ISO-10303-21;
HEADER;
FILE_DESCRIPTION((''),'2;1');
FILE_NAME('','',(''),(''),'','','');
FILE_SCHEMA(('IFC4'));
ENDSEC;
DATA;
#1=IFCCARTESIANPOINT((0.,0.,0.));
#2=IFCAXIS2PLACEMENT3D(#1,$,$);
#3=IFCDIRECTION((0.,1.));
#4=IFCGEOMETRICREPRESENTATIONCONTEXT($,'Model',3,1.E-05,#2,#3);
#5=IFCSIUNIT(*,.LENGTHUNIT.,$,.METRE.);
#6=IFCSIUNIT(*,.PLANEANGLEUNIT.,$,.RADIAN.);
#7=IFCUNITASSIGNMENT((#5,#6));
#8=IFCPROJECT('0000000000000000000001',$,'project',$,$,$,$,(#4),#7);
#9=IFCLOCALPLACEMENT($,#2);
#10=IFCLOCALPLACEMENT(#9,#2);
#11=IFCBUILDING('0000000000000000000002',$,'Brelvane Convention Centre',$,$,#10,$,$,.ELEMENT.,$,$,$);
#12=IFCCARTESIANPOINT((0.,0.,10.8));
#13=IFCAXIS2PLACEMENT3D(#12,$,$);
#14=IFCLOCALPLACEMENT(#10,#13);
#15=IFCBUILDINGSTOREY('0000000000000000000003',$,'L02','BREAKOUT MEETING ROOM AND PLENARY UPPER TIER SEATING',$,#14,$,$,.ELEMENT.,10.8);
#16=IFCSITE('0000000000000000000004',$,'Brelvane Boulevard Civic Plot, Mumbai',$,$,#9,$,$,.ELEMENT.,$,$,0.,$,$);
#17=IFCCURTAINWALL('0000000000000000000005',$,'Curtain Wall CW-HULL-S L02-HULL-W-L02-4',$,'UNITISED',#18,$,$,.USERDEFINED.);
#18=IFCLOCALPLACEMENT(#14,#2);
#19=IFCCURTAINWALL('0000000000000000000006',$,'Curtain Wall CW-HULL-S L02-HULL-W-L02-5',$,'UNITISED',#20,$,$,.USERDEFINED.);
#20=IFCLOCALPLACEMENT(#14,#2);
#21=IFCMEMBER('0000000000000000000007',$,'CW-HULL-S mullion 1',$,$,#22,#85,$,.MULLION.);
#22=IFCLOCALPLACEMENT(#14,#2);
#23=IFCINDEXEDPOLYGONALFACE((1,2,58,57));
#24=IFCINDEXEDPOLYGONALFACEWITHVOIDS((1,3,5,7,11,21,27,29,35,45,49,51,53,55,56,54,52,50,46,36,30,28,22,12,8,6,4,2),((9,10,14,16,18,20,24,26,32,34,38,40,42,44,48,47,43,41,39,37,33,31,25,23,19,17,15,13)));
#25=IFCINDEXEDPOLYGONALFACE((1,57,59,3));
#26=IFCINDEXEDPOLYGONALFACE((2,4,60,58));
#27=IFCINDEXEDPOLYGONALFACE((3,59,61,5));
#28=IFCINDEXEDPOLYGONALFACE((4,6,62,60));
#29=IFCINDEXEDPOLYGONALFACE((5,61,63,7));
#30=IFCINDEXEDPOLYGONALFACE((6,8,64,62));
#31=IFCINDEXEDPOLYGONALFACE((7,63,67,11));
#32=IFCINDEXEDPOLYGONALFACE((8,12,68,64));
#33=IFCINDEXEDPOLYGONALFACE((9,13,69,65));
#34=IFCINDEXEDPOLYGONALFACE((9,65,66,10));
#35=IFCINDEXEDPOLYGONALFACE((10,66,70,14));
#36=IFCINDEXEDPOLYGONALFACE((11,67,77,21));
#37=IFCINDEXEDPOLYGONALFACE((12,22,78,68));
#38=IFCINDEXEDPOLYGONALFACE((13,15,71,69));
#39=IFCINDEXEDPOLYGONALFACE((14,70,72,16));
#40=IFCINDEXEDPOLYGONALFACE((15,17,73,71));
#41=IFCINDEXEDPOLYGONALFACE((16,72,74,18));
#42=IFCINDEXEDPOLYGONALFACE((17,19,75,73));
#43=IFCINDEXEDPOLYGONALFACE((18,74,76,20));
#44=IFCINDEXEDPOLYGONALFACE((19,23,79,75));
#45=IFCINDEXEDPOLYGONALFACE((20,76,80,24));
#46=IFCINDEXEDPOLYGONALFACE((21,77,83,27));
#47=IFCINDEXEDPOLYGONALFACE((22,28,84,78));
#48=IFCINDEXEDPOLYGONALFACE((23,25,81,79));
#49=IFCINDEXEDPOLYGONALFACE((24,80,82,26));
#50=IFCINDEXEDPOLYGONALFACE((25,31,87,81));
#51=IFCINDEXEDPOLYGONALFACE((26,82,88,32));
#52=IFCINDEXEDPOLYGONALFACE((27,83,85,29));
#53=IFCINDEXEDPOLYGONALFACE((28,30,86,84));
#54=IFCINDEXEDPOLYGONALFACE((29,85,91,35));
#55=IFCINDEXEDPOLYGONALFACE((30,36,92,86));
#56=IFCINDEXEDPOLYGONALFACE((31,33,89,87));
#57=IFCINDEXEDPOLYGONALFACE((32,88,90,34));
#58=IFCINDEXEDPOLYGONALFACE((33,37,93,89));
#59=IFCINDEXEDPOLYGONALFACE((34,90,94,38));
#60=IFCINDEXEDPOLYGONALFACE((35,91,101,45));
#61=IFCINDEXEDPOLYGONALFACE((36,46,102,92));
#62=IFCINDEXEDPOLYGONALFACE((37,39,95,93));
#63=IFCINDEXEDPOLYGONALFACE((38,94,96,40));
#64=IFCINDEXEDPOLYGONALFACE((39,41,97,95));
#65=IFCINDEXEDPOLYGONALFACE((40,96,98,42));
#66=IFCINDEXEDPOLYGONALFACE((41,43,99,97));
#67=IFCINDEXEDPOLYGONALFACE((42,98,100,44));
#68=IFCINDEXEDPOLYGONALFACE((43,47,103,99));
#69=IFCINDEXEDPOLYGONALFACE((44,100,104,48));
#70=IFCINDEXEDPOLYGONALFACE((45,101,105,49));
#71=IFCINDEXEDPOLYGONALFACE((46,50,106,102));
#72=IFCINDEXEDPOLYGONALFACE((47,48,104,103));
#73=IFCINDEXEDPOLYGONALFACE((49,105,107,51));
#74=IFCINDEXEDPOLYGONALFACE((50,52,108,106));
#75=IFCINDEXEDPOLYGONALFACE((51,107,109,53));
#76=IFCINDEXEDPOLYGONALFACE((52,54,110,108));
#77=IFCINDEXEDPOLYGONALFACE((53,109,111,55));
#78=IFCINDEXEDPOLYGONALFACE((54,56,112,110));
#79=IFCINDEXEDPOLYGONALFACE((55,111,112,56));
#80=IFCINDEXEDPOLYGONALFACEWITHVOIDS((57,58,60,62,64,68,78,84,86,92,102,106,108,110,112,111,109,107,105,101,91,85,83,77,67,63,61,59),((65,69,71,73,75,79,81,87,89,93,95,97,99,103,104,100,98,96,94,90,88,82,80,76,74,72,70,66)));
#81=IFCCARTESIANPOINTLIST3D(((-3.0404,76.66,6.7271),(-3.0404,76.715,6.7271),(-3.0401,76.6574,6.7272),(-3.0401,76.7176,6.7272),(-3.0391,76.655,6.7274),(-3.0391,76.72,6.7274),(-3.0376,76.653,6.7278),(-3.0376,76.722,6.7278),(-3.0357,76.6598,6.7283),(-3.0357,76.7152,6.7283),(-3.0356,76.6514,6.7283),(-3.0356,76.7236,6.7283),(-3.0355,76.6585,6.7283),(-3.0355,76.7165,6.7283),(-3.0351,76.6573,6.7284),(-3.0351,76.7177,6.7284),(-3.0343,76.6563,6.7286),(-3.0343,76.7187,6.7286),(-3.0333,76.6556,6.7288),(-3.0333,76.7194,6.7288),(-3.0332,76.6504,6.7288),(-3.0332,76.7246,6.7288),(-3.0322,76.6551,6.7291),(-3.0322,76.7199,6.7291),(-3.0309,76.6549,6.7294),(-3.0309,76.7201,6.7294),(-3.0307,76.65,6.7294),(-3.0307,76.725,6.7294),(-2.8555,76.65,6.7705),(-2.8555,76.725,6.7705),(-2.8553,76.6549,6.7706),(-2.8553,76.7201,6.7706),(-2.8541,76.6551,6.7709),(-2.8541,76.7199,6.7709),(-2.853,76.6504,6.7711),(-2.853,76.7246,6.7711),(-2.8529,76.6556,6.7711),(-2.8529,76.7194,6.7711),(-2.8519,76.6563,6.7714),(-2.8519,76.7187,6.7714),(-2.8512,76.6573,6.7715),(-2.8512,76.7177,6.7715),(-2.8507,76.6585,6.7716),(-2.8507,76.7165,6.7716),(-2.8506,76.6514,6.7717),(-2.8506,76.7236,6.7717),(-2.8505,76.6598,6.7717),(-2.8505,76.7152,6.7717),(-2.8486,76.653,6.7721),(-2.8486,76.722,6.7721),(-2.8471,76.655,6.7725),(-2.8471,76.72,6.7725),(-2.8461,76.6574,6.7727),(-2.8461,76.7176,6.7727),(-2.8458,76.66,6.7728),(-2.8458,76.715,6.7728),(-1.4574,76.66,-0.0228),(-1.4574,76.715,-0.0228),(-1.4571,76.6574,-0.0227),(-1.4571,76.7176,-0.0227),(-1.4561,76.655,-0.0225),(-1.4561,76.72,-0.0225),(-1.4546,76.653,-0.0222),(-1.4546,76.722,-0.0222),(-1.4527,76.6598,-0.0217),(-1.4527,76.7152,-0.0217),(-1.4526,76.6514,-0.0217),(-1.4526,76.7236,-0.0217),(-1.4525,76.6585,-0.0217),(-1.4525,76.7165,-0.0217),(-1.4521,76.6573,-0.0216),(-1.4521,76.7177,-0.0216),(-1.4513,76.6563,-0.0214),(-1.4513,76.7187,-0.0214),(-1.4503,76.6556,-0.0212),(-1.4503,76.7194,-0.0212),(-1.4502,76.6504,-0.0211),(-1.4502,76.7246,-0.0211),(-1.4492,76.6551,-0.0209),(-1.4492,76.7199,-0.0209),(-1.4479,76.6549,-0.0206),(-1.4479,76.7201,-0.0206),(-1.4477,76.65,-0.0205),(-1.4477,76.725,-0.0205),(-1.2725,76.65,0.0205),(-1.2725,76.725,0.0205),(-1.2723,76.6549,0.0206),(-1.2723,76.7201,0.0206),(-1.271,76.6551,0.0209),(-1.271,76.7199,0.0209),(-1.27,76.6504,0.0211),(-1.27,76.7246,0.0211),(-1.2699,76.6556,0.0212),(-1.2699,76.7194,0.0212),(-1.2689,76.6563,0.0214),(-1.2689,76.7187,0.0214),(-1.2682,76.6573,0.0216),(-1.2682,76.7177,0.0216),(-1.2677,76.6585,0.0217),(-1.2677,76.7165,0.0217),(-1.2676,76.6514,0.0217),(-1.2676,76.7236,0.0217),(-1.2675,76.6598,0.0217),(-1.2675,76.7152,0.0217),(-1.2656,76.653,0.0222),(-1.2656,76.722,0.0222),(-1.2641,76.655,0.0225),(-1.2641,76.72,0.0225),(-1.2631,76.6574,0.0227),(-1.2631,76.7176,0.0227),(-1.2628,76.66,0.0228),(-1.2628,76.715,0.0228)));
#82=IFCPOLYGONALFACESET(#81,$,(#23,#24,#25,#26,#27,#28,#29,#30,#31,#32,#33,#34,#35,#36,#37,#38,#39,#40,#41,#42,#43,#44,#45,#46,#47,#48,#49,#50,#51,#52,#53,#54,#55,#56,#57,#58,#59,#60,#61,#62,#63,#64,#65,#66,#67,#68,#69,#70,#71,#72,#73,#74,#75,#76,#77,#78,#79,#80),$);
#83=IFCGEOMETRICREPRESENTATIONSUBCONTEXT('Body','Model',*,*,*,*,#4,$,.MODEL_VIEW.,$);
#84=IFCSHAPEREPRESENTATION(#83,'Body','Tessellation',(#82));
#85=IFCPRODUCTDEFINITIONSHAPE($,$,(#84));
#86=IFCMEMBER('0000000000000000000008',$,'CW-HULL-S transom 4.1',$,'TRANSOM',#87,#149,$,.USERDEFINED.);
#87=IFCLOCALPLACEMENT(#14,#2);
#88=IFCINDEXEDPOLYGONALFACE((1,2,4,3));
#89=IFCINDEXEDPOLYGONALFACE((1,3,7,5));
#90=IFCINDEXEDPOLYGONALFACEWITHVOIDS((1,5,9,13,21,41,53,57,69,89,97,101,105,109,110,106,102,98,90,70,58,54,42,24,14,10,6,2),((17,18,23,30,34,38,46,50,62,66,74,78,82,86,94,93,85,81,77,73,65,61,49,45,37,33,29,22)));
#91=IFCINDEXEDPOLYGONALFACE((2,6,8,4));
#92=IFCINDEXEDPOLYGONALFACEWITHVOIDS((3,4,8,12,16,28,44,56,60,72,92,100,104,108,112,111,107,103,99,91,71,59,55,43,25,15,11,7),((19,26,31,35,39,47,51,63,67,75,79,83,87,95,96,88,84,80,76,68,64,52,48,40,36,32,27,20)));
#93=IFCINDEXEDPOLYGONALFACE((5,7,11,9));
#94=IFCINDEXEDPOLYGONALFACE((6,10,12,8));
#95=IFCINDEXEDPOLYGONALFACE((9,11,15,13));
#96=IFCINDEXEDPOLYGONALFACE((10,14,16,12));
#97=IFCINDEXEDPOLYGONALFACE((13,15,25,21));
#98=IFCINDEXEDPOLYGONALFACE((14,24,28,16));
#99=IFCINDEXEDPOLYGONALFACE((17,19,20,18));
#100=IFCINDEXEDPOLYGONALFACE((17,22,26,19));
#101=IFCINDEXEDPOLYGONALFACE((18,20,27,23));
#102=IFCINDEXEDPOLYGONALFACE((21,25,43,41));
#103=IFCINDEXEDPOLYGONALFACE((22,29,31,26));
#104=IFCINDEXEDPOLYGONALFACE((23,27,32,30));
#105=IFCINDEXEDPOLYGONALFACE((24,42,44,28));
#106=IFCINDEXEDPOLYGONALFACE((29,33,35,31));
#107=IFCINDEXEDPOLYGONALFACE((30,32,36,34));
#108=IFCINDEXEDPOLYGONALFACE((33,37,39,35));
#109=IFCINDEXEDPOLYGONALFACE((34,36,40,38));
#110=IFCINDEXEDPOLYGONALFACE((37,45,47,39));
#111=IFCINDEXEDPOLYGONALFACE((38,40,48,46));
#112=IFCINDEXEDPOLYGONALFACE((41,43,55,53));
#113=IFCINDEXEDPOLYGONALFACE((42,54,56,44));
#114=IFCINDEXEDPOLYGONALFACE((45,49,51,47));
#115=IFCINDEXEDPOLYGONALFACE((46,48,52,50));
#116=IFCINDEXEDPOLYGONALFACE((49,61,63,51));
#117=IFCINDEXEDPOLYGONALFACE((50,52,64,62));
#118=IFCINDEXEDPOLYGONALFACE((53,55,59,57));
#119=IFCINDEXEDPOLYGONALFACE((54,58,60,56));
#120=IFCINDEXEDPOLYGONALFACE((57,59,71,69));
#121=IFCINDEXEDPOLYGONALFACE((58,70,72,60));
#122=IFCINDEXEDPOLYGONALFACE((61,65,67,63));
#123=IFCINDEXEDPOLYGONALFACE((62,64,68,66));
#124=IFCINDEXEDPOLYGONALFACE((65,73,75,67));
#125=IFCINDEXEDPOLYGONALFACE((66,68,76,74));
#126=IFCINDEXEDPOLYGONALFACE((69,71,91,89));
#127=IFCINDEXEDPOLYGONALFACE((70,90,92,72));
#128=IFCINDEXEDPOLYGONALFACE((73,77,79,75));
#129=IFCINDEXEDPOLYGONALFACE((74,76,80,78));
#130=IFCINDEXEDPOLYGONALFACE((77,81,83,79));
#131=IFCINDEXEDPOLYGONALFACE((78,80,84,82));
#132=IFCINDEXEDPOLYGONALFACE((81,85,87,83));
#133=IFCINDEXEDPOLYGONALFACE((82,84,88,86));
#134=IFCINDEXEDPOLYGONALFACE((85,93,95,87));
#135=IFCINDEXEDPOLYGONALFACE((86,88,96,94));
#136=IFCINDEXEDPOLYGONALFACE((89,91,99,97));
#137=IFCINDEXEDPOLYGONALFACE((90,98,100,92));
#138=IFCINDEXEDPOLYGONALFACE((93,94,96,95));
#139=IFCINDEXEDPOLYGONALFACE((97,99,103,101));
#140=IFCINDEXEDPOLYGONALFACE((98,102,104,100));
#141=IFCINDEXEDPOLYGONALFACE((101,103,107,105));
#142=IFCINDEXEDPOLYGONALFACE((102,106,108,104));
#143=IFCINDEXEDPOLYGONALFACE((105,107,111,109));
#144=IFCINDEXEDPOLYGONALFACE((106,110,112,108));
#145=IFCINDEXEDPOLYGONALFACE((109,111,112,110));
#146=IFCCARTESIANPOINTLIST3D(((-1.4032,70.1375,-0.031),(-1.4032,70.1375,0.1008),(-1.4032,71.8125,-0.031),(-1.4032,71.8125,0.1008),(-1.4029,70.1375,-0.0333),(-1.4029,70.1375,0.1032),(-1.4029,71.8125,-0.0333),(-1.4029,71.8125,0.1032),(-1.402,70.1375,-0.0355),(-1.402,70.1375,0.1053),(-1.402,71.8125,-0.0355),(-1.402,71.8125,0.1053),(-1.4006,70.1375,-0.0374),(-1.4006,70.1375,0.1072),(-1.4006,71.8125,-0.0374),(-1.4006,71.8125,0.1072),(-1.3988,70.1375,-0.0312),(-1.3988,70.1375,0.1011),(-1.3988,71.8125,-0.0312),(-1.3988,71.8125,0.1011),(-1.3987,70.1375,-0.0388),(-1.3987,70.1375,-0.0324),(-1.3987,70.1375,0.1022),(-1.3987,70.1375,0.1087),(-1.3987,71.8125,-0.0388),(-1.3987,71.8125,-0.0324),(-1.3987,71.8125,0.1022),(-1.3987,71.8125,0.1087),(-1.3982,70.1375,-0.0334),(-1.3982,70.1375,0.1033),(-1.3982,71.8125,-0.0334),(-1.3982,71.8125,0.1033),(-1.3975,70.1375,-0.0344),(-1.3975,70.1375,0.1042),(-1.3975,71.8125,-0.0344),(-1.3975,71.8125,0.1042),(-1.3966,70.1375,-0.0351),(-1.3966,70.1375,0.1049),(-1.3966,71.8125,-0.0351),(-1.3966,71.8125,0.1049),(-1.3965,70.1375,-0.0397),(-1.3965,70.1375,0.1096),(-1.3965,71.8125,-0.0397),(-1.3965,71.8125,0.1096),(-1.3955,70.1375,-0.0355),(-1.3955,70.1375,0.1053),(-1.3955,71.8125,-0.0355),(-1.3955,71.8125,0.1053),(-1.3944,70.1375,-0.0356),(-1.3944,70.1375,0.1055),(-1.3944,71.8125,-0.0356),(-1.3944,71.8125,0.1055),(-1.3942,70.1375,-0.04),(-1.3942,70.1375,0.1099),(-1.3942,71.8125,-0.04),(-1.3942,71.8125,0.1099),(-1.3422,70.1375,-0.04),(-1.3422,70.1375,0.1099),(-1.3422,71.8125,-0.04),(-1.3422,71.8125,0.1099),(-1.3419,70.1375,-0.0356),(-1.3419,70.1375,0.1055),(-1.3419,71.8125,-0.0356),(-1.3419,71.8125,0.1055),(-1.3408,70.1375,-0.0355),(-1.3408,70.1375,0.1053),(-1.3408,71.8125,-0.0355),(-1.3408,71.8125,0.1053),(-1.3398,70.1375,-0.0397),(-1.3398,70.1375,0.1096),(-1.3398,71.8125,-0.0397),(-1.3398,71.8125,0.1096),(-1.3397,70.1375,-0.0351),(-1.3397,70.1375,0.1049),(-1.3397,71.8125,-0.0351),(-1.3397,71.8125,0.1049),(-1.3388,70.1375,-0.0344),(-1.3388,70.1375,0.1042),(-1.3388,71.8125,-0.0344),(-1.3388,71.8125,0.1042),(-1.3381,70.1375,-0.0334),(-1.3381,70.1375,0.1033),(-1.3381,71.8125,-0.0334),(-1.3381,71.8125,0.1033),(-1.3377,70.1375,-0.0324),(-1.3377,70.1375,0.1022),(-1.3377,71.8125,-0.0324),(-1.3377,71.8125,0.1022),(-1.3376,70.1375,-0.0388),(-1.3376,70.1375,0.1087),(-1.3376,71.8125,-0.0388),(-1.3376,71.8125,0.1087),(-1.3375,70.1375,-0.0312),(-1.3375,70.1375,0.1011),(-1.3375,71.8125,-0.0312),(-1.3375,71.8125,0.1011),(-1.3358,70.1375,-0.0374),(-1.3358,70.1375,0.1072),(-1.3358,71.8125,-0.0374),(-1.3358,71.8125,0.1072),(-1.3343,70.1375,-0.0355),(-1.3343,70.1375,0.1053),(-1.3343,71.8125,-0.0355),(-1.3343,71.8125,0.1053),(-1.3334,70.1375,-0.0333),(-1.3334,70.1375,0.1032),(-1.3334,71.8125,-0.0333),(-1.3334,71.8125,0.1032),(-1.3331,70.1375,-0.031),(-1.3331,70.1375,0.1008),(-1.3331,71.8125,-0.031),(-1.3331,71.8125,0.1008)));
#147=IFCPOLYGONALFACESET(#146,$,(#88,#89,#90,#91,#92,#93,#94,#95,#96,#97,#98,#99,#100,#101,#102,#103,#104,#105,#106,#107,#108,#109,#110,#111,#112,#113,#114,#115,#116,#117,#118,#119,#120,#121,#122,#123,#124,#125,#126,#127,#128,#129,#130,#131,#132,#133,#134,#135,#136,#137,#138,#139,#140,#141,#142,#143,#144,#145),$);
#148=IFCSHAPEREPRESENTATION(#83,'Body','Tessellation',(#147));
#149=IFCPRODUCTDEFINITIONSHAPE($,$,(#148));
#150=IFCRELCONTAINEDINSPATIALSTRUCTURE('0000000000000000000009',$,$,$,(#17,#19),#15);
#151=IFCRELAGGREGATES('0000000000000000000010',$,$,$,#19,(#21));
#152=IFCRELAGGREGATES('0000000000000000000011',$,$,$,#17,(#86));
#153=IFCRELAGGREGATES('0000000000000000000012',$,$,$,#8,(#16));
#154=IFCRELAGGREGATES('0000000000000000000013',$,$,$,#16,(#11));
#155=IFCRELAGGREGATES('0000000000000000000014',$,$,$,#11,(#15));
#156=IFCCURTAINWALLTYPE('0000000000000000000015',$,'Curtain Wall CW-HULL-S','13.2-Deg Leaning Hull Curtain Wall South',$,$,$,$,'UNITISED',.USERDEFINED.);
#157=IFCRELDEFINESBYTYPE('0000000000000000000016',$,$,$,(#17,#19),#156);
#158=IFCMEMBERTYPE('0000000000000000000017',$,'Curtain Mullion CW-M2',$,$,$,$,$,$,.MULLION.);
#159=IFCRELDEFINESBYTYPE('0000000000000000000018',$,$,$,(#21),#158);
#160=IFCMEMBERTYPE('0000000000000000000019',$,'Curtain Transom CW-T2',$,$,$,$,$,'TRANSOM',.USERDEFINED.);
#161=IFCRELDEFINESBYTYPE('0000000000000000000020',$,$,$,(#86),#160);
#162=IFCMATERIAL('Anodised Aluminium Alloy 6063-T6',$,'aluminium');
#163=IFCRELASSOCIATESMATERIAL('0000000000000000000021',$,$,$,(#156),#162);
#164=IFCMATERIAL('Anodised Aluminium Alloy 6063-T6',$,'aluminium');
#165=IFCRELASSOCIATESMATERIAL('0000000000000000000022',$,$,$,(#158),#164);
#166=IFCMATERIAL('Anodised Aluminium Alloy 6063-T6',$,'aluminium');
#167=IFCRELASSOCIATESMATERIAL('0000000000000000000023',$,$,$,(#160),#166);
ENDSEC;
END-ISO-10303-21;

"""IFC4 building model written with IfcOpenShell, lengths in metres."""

from ifc_helpers import new_model, si_unit, direction, frame, origin, origin_2d, place, context, subcontext, project, spatial, hollow_rectangle, extrude, material, material_profile, profile_set, type_object, element, aggregate, save


model = new_model("IFC4")

# Units and contexts
model_context = context("Model", 3, precision=1e-05, world=origin(), true_north=direction((0.0, 1.0)))
body_context = subcontext(model_context, "Body", "Model", "MODEL_VIEW")
ifc_project = project(units=[si_unit("LENGTHUNIT", "METRE"), si_unit("PLANEANGLEUNIT", "RADIAN")], contexts=[model_context])

# Site, building, storey
site_placement = place(None, origin())
site = spatial("IfcSite", under=ifc_project, at=site_placement, Name="Brelvane Boulevard Civic Plot, Mumbai", CompositionType="ELEMENT", RefElevation=0.0)
building_placement = place(site_placement, origin())
building = spatial("IfcBuilding", under=site, at=building_placement, Name="Brelvane Convention Centre", CompositionType="ELEMENT")
storey_placement = place(building_placement, frame((0.0, 0.0, 10.8)))
storey = spatial("IfcBuildingStorey", under=building, at=storey_placement, Name="L02", Description="BREAKOUT MEETING ROOM AND PLENARY UPPER TIER SEATING", CompositionType="ELEMENT", Elevation=10.8)

# Curtain wall
ifc_material_1 = material(Name="Anodised Aluminium Alloy 6063-T6", Category="aluminium")
curtain_wall_type = type_object("IfcCurtainWallType", Name="Curtain Wall CW-HULL-S", Description="13.2-Deg Leaning Hull Curtain Wall South", ElementType="UNITISED", PredefinedType="USERDEFINED", material=ifc_material_1)
curtain_wall_1_placement = place(storey_placement, origin())
curtain_wall_1 = element("IfcCurtainWall", 1, at=curtain_wall_1_placement, inside=storey, type_object=curtain_wall_type, Name="Curtain Wall CW-HULL-S L02-HULL-W-L02-4", ObjectType="UNITISED", PredefinedType="USERDEFINED")
ifc_material_2 = material(Name="Anodised Aluminium Alloy 6063-T6", Category="aluminium")
ifc_material_profile_1 = material_profile(ifc_material_2, hollow_rectangle(XDim=0.075, YDim=0.2, WallThickness=0.0049, InnerFilletRadius=0.0049, OuterFilletRadius=0.01, at=origin_2d()), Name="ALU-M 200x75x5.0")
ifc_profile_set_1 = profile_set([ifc_material_profile_1], Name="Anodised Aluminium Alloy 6063-T6")
member_type_1 = type_object("IfcMemberType", Name="Curtain Mullion CW-M2", PredefinedType="MULLION", material=ifc_profile_set_1)

# Curtain wall, member
curtain_wall_2_placement = place(storey_placement, origin())
curtain_wall_2 = element("IfcCurtainWall", 2, at=curtain_wall_2_placement, inside=storey, type_object=curtain_wall_type, Name="Curtain Wall CW-HULL-S L02-HULL-W-L02-5", ObjectType="UNITISED", PredefinedType="USERDEFINED")
member_1_placement = place(storey_placement, frame((-1.3601, 76.6875, 0.0), z_axis=(-0.228325, 0.0, 0.973585), x_axis=(0.0, -1.0, 0.0)))
member_1 = element("IfcMember", 3, at=member_1_placement, type_object=member_type_1, Name="CW-HULL-S mullion 1", PredefinedType="MULLION", context=body_context, shape_type="SweptSolid", body=[
    extrude(hollow_rectangle(XDim=0.075, YDim=0.2, WallThickness=0.0049, InnerFilletRadius=0.0049, OuterFilletRadius=0.01, at=origin_2d()), origin(), (0.0, 0.0, 1.0), 6.9331),
])

# Member
ifc_material_3 = material(Name="Anodised Aluminium Alloy 6063-T6", Category="aluminium")
ifc_material_profile_2 = material_profile(ifc_material_3, hollow_rectangle(XDim=0.0701, YDim=0.1499, WallThickness=0.0044, InnerFilletRadius=0.0044, OuterFilletRadius=0.009, at=origin_2d()), Name="ALU-T 150x70x4.5")
ifc_profile_set_2 = profile_set([ifc_material_profile_2], Name="Anodised Aluminium Alloy 6063-T6")
member_type_2 = type_object("IfcMemberType", Name="Curtain Transom CW-T2", ElementType="TRANSOM", PredefinedType="USERDEFINED", material=ifc_profile_set_2)
member_2_placement = place(storey_placement, frame((-1.3682, 70.1375, 0.0349), z_axis=(0.0, 1.0, 0.0), x_axis=(-1.0, 0.0, 0.0)))
member_2 = element("IfcMember", 4, at=member_2_placement, type_object=member_type_2, Name="CW-HULL-S transom 4.1", ObjectType="TRANSOM", PredefinedType="USERDEFINED", context=body_context, shape_type="SweptSolid", body=[
    extrude(hollow_rectangle(XDim=0.0701, YDim=0.1499, WallThickness=0.0044, InnerFilletRadius=0.0044, OuterFilletRadius=0.009, at=origin_2d()), origin(), (0.0, 0.0, 1.0), 1.675),
])

aggregate(curtain_wall_2, [member_1])
aggregate(curtain_wall_1, [member_2])

save(model, "model.ifc")
